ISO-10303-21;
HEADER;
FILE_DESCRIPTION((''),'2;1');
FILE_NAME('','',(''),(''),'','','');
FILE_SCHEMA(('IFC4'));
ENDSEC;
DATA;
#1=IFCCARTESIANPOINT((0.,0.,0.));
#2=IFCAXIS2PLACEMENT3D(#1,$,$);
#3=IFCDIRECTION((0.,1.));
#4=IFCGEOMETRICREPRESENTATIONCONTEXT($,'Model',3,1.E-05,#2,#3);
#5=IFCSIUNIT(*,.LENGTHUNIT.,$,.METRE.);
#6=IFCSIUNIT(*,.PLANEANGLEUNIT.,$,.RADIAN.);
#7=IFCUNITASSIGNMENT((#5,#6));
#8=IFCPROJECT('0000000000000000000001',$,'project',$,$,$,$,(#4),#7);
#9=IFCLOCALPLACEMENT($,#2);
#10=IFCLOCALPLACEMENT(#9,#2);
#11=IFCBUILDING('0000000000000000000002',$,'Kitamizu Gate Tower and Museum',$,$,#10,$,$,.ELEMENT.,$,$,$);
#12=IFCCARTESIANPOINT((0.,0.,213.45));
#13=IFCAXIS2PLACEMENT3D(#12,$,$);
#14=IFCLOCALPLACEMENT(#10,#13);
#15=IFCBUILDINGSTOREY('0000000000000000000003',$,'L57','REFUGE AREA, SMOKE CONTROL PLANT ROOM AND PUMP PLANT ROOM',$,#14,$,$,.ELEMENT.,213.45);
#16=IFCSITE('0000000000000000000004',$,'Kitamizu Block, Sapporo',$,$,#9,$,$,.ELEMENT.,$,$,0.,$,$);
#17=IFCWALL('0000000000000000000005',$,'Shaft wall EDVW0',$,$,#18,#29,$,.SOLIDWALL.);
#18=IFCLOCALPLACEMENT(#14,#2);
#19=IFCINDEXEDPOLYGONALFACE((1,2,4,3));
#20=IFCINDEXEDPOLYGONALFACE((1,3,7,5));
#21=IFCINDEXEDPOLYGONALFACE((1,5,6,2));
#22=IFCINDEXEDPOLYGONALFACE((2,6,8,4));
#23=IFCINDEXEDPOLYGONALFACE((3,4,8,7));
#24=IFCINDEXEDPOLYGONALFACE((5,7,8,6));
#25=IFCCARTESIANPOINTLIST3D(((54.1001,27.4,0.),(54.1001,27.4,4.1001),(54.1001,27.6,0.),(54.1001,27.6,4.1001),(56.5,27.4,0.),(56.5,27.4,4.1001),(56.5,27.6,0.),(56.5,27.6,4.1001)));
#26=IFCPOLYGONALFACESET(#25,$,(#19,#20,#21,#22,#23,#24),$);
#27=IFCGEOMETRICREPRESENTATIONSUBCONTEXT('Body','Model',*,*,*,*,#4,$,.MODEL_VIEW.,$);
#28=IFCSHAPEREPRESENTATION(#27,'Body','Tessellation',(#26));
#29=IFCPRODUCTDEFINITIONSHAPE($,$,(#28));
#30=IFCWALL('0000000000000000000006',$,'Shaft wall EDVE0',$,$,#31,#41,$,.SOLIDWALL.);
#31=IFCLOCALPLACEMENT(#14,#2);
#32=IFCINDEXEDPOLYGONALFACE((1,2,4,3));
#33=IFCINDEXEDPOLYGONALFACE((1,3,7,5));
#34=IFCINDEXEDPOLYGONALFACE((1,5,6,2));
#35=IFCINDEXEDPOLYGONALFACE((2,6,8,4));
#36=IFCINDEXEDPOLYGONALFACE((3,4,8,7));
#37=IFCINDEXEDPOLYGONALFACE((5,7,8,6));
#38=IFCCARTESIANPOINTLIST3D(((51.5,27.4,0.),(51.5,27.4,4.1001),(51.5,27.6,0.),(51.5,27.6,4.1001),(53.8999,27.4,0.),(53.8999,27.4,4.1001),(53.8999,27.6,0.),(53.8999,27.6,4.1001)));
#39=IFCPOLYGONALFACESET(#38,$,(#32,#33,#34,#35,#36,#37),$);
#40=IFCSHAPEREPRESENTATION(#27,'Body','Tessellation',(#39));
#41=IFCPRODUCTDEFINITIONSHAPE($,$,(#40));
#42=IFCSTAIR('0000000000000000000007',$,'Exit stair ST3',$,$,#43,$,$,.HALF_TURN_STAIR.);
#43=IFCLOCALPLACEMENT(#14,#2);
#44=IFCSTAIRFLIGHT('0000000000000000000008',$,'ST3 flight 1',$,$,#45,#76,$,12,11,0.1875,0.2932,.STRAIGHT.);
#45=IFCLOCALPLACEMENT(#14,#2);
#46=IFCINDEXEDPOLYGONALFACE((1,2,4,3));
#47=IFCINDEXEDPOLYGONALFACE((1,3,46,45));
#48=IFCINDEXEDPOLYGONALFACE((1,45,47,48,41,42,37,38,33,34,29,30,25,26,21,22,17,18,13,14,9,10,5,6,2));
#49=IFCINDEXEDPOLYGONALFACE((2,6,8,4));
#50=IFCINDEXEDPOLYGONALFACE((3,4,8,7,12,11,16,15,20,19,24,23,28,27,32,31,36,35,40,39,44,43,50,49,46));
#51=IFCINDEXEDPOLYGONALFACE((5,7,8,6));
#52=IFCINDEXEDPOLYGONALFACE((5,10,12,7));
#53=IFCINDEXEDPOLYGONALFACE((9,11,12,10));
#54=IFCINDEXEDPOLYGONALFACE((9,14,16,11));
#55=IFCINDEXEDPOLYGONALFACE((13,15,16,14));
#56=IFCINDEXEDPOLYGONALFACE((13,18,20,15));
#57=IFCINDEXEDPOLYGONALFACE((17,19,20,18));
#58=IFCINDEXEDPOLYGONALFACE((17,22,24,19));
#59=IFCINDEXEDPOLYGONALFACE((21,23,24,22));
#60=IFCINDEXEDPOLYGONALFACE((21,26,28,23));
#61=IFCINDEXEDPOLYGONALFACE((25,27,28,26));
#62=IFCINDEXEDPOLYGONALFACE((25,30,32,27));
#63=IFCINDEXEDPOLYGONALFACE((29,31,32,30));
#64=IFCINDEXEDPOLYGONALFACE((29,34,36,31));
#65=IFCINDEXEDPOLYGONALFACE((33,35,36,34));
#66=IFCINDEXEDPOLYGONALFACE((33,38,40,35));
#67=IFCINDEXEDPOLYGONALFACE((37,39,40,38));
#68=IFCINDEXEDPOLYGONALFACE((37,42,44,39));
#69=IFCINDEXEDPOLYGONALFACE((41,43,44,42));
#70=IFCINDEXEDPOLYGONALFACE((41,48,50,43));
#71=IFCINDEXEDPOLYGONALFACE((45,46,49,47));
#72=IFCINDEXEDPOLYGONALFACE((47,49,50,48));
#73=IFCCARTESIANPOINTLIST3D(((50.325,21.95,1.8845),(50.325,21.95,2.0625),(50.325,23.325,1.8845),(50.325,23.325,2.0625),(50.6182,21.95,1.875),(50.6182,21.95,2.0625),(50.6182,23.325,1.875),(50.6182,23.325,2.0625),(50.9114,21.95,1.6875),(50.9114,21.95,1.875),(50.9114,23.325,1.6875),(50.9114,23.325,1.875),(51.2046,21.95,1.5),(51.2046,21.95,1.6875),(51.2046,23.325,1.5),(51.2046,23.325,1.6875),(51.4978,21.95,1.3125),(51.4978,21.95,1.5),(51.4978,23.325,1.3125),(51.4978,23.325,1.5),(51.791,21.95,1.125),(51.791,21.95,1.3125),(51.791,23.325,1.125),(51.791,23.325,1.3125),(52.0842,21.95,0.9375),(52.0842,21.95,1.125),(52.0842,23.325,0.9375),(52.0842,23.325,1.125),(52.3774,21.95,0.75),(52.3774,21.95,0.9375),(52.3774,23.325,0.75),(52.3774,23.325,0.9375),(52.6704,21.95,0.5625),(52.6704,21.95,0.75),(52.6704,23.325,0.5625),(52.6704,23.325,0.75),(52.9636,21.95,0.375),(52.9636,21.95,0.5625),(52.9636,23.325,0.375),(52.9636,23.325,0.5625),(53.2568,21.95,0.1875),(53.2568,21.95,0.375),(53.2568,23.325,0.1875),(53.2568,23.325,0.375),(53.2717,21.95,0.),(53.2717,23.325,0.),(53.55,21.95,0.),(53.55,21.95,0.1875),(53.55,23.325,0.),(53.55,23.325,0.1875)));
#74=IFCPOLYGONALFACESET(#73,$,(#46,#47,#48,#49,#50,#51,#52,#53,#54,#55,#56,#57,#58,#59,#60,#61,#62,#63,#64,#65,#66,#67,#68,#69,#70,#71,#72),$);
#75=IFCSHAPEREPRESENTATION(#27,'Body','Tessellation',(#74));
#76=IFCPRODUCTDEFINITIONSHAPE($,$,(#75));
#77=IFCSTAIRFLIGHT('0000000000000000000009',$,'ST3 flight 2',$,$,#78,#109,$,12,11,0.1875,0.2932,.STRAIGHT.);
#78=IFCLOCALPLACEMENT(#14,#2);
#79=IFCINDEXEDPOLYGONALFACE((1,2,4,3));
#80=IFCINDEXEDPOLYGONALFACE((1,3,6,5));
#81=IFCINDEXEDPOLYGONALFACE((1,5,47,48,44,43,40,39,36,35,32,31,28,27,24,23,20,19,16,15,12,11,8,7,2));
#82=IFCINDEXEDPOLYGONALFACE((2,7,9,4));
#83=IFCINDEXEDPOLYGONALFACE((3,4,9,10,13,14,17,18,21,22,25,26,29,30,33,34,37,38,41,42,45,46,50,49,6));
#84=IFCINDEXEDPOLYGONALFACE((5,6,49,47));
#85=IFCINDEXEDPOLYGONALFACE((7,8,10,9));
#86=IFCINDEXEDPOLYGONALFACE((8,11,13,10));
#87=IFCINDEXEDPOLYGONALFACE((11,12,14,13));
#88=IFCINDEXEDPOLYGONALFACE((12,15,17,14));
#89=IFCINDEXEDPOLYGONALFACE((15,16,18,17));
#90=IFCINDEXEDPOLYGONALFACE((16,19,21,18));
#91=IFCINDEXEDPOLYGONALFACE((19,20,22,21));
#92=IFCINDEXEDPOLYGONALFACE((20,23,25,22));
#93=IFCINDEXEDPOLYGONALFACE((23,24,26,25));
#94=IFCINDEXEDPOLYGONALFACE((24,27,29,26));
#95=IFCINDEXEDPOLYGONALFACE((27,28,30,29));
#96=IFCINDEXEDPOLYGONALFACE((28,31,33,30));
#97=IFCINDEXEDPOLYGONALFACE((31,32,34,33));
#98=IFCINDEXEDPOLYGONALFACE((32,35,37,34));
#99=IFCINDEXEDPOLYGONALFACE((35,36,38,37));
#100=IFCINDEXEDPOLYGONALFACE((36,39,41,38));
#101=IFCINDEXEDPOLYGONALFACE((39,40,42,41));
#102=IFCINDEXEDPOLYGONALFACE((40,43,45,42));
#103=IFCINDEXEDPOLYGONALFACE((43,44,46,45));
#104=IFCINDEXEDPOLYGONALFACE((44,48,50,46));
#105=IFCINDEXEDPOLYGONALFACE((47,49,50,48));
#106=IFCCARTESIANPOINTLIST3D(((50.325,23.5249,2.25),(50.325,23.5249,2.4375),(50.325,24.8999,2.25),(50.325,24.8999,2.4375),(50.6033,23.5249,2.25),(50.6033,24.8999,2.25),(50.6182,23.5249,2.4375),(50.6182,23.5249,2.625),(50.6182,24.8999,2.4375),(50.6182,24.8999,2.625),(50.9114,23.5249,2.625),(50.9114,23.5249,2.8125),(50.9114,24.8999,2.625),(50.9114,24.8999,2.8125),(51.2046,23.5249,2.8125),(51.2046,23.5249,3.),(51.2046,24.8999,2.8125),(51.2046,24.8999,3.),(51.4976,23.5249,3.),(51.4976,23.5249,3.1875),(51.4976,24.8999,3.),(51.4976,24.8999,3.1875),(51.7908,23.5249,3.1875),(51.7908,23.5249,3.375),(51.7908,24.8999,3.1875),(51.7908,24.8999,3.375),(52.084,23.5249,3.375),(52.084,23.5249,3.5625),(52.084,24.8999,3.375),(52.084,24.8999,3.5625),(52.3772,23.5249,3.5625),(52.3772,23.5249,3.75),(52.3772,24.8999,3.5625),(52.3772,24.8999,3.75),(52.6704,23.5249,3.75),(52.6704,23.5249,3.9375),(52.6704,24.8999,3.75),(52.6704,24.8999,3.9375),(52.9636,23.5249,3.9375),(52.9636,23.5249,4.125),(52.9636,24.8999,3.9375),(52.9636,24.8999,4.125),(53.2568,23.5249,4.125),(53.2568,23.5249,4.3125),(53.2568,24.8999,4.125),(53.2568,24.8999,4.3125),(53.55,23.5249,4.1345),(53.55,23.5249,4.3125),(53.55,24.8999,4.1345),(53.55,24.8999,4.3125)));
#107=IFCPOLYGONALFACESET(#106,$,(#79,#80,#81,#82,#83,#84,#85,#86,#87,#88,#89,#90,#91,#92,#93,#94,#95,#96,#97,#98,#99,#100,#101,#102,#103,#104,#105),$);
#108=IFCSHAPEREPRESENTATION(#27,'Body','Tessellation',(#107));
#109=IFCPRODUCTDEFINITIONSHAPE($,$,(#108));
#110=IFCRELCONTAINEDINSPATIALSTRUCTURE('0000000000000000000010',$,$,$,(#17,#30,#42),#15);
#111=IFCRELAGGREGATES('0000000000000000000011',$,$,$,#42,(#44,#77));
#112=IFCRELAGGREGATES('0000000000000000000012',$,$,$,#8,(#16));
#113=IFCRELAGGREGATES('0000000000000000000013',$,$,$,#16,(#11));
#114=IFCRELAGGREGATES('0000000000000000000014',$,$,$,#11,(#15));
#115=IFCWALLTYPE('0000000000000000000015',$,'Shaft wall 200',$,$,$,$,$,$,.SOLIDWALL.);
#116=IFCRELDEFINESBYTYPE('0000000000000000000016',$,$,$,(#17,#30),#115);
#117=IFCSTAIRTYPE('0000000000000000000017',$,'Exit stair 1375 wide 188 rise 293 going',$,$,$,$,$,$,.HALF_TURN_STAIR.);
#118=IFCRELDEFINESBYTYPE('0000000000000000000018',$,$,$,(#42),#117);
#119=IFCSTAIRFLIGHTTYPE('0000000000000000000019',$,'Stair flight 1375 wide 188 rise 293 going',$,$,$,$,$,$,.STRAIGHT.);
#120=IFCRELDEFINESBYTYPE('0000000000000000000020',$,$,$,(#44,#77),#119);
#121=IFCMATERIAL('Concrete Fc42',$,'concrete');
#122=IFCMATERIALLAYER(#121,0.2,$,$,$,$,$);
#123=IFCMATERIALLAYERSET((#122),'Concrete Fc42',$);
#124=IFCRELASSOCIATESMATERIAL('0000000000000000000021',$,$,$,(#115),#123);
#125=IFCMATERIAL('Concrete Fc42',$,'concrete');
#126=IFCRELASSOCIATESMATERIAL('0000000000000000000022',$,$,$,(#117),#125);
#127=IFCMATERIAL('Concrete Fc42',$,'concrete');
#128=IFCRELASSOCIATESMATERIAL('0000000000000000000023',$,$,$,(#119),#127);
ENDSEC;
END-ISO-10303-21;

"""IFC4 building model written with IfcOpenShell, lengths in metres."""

from ifc_helpers import new_model, si_unit, direction, frame, frame_2d, origin, place, context, subcontext, project, spatial, polyline, rectangle, outline, extrude, material, layer, layer_set, type_object, element, aggregate, save


model = new_model("IFC4")

# Units and contexts
model_context = context("Model", 3, precision=1e-05, world=origin(), true_north=direction((0.0, 1.0)))
body_context = subcontext(model_context, "Body", "Model", "MODEL_VIEW")
ifc_project = project(units=[si_unit("LENGTHUNIT", "METRE"), si_unit("PLANEANGLEUNIT", "RADIAN")], contexts=[model_context])

# Site, building, storey
site_placement = place(None, origin())
site = spatial("IfcSite", under=ifc_project, at=site_placement, Name="Kitamizu Block, Sapporo", CompositionType="ELEMENT", RefElevation=0.0)
building_placement = place(site_placement, origin())
building = spatial("IfcBuilding", under=site, at=building_placement, Name="Kitamizu Gate Tower and Museum", CompositionType="ELEMENT")
storey_placement = place(building_placement, frame((0.0, 0.0, 213.45)))
storey = spatial("IfcBuildingStorey", under=building, at=storey_placement, Name="L57", Description="REFUGE AREA, SMOKE CONTROL PLANT ROOM AND PUMP PLANT ROOM", CompositionType="ELEMENT", Elevation=213.45)

# Shared definitions
ifc_material_1 = material(Name="Concrete Fc42", Category="concrete")
ifc_layer = layer(ifc_material_1, 0.2)
ifc_layer_set = layer_set([ifc_layer], Name="Concrete Fc42")
wall_type = type_object("IfcWallType", Name="Shaft wall 200", PredefinedType="SOLIDWALL", material=ifc_layer_set)

# Walls
for number, where, z_axis, x_axis, name in (
    (1, (56.5, 27.5, 0.0), (0.0, 0.0, 1.0), (-1.0, 0.0, 0.0), "Shaft wall EDVW0"),
    (2, (53.8999, 27.5, 0.0), (0.0, 0.0, 1.0), (-1.0, 0.0, 0.0), "Shaft wall EDVE0"),
):
    element("IfcWall", number, at=place(storey_placement, frame(where, z_axis=z_axis, x_axis=x_axis)), inside=storey, type_object=wall_type, Name=name, PredefinedType="SOLIDWALL", context=body_context, shape_type="SweptSolid", body=[
        extrude(rectangle(XDim=2.3999, YDim=0.2, at=frame_2d((1.2, 0.0))), origin(), (0.0, 0.0, 1.0), 4.1001),
    ])

# Stair, stair flights
ifc_material_2 = material(Name="Concrete Fc42", Category="concrete")
stair_type = type_object("IfcStairType", Name="Exit stair 1375 wide 188 rise 293 going", PredefinedType="HALF_TURN_STAIR", material=ifc_material_2)
stair_placement = place(storey_placement, origin())
stair = element("IfcStair", 3, at=stair_placement, inside=storey, type_object=stair_type, Name="Exit stair ST3", PredefinedType="HALF_TURN_STAIR")
ifc_material_3 = material(Name="Concrete Fc42", Category="concrete")
stair_flight_type = type_object("IfcStairFlightType", Name="Stair flight 1375 wide 188 rise 293 going", PredefinedType="STRAIGHT", material=ifc_material_3)
stair_flight_1_placement = place(storey_placement, frame((53.55, 22.6375, 0.0), z_axis=(0.0, 0.0, 1.0), x_axis=(-1.0, 0.0, 0.0)))
stair_flight_1 = element("IfcStairFlight", 4, at=stair_flight_1_placement, type_object=stair_flight_type, Name="ST3 flight 1", NumberOfRisers=12, NumberOfTreads=11, PredefinedType="STRAIGHT", RiserHeight=0.1875, TreadLength=0.2932, context=body_context, shape_type="SweptSolid", body=[
    extrude(outline(polyline([(0.0, 0.0), (0.0, 0.1875), (0.2932, 0.1875), (0.2932, 0.375), (0.5864, 0.375), (0.5864, 0.5625), (0.8796, 0.5625), (0.8796, 0.75), (1.1726, 0.75), (1.1726, 0.9375), (1.4658, 0.9375), (1.4658, 1.125), (1.759, 1.125), (1.759, 1.3125), (2.0522, 1.3125), (2.0522, 1.5), (2.3455, 1.5), (2.3455, 1.6875), (2.6387, 1.6875), (2.6387, 1.875), (2.9319, 1.875), (2.9319, 2.0625), (3.2251, 2.0625), (3.2251, 2.25), (3.2251, 1.8845), (0.2783, 0.0), (0.0, 0.0)])), frame((0.0, 0.6875, 0.0), z_axis=(0.0, -1.0, 0.0), x_axis=(1.0, 0.0, 0.0)), (0.0, 0.0, 1.0), 1.375),
])
stair_flight_2_placement = place(storey_placement, frame((50.325, 24.2124, 2.25), z_axis=(0.0, 0.0, 1.0), x_axis=(1.0, 0.0, 0.0)))
stair_flight_2 = element("IfcStairFlight", 5, at=stair_flight_2_placement, type_object=stair_flight_type, Name="ST3 flight 2", NumberOfRisers=12, NumberOfTreads=11, PredefinedType="STRAIGHT", RiserHeight=0.1875, TreadLength=0.2932, context=body_context, shape_type="SweptSolid", body=[
    extrude(outline(polyline([(0.0, 0.0), (0.0, 0.1875), (0.2932, 0.1875), (0.2932, 0.375), (0.5864, 0.375), (0.5864, 0.5625), (0.8796, 0.5625), (0.8796, 0.75), (1.1726, 0.75), (1.1726, 0.9375), (1.4658, 0.9375), (1.4658, 1.125), (1.759, 1.125), (1.759, 1.3125), (2.0522, 1.3125), (2.0522, 1.5), (2.3455, 1.5), (2.3455, 1.6875), (2.6387, 1.6875), (2.6387, 1.875), (2.9319, 1.875), (2.9319, 2.0625), (3.2251, 2.0625), (3.2251, 2.25), (3.2251, 1.8845), (0.2783, 0.0), (0.0, 0.0)])), frame((0.0, 0.6875, 0.0), z_axis=(0.0, -1.0, 0.0), x_axis=(1.0, 0.0, 0.0)), (0.0, 0.0, 1.0), 1.375),
])
aggregate(stair, [stair_flight_1, stair_flight_2])

save(model, "model.ifc")
